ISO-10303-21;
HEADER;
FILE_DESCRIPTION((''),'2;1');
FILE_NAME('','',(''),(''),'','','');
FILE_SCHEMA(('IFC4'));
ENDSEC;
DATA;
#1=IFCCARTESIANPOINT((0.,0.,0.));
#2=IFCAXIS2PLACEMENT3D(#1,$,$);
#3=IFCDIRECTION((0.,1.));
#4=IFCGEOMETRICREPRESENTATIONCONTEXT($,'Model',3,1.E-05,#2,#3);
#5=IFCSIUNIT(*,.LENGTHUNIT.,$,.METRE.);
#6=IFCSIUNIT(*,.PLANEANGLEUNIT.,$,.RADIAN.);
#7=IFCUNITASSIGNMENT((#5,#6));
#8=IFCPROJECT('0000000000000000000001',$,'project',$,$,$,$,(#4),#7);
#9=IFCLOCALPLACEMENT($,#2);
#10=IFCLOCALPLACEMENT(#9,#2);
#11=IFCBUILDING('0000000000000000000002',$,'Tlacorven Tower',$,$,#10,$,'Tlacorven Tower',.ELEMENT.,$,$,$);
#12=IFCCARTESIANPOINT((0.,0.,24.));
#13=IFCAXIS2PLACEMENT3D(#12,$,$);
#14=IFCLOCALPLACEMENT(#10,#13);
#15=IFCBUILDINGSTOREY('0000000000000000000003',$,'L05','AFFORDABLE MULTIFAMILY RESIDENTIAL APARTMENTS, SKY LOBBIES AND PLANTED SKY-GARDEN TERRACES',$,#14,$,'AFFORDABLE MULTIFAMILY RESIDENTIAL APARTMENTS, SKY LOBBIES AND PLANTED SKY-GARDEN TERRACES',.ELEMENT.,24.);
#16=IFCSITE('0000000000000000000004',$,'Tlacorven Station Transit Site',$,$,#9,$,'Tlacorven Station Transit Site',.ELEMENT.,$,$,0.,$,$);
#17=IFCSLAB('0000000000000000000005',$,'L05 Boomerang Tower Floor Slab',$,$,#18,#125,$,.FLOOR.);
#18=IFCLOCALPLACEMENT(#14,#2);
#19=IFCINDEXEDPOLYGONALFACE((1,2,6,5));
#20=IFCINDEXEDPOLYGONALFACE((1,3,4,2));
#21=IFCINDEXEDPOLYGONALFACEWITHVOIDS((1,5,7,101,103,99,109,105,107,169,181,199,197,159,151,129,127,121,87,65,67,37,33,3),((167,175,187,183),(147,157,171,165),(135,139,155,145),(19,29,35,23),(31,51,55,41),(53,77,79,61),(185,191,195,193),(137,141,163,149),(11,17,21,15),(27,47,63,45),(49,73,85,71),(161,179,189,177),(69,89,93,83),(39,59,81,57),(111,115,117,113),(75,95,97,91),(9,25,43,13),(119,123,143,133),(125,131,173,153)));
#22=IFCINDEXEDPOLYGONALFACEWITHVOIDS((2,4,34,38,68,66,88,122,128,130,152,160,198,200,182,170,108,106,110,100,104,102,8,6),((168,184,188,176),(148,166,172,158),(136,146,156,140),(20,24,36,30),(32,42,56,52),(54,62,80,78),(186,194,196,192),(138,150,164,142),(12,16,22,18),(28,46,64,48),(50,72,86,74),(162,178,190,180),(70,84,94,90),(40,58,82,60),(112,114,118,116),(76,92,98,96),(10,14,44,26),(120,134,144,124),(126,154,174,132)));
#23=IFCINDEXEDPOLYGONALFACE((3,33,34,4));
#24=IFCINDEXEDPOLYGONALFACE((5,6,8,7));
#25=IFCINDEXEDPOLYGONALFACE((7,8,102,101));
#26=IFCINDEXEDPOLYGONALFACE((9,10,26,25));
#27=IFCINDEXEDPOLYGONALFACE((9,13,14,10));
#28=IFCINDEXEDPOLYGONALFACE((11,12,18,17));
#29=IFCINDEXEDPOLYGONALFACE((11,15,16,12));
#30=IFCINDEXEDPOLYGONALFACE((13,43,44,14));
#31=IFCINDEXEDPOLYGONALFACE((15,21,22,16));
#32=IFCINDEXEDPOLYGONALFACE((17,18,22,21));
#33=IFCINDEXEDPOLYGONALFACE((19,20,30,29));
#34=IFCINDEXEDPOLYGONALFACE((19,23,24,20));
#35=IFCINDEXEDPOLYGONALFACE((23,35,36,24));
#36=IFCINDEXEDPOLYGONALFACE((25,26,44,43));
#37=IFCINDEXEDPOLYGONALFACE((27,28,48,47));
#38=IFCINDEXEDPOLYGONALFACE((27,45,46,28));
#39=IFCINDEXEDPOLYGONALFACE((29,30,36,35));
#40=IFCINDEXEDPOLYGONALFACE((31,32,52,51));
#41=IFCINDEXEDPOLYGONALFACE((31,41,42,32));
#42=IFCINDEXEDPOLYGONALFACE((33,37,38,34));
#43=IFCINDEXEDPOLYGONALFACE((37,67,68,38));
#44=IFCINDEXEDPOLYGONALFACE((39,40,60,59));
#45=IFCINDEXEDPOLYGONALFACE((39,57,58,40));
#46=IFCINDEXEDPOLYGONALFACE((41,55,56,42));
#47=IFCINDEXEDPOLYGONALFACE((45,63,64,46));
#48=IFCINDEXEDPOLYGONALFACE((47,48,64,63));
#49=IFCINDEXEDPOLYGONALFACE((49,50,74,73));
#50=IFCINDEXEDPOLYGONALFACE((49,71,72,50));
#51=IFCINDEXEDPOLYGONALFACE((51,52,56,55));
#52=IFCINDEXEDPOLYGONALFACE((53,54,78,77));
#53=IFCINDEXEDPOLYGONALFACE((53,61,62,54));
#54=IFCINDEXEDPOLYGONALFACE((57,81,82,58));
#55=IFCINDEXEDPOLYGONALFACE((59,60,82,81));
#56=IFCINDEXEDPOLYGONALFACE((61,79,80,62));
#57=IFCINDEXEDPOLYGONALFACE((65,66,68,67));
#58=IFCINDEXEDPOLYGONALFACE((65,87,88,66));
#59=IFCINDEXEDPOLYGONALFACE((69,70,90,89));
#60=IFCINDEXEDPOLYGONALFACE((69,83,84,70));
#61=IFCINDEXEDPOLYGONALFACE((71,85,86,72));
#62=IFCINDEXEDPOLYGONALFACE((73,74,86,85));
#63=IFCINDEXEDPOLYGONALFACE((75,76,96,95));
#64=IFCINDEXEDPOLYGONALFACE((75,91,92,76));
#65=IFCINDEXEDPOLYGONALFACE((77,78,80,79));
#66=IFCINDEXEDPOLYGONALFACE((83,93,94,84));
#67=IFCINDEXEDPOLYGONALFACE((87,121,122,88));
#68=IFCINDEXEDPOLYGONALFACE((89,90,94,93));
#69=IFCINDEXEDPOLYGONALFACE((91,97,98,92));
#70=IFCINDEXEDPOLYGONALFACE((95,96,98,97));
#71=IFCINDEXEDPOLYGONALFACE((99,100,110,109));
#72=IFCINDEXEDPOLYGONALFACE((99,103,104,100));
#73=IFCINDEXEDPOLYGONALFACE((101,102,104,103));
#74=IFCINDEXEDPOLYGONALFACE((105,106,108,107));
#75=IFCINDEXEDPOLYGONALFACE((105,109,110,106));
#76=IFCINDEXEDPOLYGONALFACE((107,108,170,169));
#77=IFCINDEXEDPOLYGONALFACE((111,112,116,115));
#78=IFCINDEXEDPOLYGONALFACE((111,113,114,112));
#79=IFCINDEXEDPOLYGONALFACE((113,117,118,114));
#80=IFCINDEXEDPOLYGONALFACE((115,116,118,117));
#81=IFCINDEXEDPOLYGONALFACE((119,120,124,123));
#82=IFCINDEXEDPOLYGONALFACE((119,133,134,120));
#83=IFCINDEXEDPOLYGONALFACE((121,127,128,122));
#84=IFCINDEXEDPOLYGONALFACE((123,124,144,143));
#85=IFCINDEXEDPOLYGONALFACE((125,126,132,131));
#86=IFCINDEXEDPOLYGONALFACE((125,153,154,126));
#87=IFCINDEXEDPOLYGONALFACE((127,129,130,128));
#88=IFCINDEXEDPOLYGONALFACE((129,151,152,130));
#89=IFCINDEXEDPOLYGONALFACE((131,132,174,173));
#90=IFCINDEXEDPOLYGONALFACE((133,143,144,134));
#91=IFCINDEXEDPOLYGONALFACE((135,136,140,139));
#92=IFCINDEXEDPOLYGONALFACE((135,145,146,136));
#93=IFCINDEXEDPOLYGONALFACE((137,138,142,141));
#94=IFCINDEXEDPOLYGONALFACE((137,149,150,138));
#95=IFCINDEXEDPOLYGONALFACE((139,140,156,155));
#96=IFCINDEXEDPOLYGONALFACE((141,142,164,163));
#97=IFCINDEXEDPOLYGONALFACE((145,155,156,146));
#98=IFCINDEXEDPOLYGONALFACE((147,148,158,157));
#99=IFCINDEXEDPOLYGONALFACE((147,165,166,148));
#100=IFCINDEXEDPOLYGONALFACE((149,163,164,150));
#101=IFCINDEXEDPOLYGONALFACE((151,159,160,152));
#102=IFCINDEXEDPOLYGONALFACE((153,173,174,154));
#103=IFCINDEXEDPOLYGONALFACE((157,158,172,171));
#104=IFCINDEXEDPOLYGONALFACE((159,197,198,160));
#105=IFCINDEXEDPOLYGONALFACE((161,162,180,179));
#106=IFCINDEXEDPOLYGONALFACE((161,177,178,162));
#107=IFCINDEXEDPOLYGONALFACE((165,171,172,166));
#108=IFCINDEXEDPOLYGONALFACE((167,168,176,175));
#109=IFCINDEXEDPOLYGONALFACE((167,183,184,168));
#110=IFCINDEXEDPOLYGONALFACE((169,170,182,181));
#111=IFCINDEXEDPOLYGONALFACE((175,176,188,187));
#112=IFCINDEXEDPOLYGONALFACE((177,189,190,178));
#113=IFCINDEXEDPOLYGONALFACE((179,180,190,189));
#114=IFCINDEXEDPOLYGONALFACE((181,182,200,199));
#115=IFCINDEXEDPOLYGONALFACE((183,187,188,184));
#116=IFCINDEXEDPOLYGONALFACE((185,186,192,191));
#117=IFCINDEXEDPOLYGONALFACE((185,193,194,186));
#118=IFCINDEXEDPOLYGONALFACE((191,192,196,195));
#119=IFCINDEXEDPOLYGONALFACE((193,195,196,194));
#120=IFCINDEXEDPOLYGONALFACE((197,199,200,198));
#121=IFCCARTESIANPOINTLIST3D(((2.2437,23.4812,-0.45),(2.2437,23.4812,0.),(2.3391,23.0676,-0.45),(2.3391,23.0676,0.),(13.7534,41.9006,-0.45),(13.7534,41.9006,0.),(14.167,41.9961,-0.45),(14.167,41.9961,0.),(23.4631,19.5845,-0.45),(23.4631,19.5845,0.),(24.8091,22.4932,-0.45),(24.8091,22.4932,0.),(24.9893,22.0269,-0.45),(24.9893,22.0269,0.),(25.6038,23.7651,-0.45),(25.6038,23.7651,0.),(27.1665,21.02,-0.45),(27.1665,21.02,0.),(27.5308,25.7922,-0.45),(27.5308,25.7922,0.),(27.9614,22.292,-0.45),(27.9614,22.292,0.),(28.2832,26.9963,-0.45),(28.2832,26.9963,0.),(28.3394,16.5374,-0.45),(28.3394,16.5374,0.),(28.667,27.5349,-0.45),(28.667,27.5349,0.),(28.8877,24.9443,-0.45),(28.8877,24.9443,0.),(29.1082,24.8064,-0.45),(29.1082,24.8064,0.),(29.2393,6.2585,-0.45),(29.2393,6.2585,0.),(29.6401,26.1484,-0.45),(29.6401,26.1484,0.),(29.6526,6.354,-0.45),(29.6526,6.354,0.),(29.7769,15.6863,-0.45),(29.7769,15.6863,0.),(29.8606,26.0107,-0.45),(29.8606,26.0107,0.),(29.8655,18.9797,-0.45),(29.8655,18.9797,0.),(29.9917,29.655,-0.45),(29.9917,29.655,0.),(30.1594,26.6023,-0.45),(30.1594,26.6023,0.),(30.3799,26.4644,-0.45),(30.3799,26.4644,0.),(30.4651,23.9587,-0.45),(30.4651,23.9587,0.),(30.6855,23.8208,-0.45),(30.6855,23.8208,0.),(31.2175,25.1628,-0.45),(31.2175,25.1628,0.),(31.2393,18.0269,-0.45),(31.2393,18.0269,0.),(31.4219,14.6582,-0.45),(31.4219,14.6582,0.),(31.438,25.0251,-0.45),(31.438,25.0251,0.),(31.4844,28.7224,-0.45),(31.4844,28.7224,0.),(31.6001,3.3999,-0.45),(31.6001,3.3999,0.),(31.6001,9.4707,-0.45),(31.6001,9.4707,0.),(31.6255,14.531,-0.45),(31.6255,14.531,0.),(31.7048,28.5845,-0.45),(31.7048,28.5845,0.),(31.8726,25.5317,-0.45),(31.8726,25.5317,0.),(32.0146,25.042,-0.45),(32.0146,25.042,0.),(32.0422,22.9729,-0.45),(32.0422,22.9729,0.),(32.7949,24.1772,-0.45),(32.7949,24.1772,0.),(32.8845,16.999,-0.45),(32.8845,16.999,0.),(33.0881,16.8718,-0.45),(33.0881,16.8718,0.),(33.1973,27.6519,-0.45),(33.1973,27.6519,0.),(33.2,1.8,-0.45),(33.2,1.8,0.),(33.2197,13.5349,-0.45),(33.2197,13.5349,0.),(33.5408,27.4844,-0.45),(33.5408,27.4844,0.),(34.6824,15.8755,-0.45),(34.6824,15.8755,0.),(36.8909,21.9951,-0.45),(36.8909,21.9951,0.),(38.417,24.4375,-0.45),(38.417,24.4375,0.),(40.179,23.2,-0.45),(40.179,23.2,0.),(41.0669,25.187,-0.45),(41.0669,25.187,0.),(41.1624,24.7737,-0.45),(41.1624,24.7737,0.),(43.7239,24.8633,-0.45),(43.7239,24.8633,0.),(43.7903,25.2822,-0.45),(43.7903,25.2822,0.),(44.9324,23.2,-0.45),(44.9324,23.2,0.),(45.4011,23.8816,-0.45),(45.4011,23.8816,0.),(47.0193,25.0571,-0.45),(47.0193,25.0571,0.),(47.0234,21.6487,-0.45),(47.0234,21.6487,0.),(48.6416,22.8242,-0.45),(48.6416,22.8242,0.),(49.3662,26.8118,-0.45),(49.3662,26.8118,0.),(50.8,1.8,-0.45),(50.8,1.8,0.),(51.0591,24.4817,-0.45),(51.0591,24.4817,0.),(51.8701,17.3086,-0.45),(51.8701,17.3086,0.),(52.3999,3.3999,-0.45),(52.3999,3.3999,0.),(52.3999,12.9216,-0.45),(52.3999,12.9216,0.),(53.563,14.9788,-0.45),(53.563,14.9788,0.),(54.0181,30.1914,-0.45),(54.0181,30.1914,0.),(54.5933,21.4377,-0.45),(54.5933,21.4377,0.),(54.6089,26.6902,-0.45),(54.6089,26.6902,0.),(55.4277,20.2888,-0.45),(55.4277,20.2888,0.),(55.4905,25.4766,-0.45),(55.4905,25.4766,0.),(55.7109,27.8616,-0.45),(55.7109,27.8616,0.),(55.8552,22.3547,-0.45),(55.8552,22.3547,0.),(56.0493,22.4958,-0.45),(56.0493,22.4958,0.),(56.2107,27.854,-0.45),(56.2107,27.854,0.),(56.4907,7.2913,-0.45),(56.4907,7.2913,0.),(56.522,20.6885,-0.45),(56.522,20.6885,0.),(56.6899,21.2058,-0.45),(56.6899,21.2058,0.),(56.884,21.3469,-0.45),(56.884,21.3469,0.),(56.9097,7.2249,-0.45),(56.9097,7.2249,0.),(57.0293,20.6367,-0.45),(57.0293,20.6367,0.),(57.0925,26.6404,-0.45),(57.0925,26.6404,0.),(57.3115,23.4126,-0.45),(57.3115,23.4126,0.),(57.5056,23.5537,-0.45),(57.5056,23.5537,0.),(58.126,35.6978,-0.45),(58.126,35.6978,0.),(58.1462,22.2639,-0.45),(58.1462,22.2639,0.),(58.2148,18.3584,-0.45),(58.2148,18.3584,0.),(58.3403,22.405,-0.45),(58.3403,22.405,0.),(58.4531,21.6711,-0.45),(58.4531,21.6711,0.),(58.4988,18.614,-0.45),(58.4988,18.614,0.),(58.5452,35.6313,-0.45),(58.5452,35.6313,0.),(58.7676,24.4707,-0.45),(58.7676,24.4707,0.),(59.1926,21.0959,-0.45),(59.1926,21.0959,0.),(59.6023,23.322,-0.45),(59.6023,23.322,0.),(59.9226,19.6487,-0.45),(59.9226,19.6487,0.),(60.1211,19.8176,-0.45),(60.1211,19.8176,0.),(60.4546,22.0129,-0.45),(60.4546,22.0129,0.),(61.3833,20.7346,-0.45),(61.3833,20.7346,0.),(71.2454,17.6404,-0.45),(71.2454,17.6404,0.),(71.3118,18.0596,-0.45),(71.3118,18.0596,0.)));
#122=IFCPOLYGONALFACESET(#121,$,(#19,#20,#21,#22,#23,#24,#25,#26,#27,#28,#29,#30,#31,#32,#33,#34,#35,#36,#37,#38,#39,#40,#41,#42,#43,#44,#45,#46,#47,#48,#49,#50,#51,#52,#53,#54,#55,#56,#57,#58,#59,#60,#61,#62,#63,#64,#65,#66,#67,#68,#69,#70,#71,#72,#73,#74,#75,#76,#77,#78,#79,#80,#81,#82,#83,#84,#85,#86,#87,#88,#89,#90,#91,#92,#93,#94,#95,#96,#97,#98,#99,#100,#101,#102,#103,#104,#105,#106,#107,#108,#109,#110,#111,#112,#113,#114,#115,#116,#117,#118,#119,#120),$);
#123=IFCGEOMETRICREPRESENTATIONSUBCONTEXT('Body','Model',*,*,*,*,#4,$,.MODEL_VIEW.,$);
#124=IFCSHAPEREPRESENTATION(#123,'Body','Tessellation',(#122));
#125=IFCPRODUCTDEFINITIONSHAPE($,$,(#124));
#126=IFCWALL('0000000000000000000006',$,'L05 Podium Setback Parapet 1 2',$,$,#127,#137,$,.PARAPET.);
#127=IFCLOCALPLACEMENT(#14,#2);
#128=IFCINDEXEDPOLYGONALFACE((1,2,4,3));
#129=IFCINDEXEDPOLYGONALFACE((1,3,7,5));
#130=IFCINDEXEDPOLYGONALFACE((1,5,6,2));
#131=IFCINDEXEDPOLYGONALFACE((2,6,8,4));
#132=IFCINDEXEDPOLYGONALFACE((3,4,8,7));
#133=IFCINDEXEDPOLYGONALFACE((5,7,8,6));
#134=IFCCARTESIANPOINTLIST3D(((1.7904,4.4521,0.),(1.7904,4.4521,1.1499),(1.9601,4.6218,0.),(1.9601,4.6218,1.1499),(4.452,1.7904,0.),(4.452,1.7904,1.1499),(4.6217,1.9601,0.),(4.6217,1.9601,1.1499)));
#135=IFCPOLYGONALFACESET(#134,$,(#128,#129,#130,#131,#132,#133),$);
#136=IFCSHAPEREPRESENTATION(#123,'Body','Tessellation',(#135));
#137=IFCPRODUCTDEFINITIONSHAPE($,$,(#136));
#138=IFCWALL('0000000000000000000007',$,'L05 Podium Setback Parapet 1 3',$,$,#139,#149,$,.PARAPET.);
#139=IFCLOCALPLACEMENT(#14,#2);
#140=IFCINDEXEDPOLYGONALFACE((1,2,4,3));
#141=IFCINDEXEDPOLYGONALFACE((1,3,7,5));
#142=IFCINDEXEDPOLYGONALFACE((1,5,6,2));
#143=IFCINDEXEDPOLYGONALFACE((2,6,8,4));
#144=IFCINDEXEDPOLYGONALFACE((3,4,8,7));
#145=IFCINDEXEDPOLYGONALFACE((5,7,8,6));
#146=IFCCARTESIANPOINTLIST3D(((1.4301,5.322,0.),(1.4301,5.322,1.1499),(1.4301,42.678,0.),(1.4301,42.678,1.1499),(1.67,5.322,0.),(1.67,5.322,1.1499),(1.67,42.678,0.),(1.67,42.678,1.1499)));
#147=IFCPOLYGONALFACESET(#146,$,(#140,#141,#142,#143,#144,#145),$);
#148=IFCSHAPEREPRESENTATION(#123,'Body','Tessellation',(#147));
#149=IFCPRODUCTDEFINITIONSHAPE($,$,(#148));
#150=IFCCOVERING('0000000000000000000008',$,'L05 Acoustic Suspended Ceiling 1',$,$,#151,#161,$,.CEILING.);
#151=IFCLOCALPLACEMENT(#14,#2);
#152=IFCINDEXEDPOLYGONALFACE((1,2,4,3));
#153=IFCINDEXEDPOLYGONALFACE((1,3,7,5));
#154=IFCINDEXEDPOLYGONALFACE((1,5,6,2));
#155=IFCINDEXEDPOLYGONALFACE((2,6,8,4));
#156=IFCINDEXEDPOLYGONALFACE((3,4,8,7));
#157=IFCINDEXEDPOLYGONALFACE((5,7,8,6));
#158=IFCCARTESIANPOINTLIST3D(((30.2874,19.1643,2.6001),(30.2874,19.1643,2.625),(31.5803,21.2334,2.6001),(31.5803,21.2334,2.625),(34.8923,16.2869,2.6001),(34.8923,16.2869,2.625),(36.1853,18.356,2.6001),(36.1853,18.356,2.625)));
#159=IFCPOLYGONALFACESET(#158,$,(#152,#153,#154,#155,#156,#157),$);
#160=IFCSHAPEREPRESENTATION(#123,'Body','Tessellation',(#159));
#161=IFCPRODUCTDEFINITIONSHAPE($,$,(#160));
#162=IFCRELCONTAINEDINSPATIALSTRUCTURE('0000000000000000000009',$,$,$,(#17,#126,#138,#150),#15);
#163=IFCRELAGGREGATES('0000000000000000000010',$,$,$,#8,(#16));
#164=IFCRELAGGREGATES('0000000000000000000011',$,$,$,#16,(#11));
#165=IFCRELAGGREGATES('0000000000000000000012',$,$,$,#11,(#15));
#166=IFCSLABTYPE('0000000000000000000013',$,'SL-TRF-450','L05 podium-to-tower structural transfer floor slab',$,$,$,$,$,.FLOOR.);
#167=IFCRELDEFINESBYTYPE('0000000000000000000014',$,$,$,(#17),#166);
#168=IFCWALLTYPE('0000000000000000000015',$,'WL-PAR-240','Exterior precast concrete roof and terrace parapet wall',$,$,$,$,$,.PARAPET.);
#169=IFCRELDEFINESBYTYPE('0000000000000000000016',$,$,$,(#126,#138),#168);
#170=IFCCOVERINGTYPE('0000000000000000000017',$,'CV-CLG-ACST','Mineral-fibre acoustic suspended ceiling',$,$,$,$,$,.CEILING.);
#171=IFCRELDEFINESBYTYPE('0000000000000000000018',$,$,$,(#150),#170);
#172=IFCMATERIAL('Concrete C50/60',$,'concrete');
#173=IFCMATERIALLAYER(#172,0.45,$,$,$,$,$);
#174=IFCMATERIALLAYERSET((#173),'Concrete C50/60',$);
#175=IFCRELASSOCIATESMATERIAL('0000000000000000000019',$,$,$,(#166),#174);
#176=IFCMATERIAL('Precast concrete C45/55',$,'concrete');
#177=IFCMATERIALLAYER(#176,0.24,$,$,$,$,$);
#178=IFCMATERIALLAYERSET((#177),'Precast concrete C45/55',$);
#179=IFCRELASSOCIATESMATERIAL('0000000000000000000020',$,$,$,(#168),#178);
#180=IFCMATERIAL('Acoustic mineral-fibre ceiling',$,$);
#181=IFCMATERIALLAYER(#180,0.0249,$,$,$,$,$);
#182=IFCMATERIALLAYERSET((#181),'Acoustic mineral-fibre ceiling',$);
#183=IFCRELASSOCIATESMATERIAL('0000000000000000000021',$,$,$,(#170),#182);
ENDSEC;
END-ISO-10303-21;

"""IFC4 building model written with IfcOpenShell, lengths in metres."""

from ifc_helpers import new_model, si_unit, direction, frame, frame_2d, origin, place, context, subcontext, project, spatial, polyline, rectangle, outline, extrude, material, layer, layer_set, type_object, element, save


model = new_model("IFC4")

# Units and contexts
model_context = context("Model", 3, precision=1e-05, world=origin(), true_north=direction((0.0, 1.0)))
body_context = subcontext(model_context, "Body", "Model", "MODEL_VIEW")
ifc_project = project(units=[si_unit("LENGTHUNIT", "METRE"), si_unit("PLANEANGLEUNIT", "RADIAN")], contexts=[model_context])

# Site, building, storey
site_placement = place(None, origin())
site = spatial("IfcSite", under=ifc_project, at=site_placement, Name="Tlacorven Station Transit Site", LongName="Tlacorven Station Transit Site", CompositionType="ELEMENT", RefElevation=0.0)
building_placement = place(site_placement, origin())
building = spatial("IfcBuilding", under=site, at=building_placement, Name="Tlacorven Tower", LongName="Tlacorven Tower", CompositionType="ELEMENT")
storey_placement = place(building_placement, frame((0.0, 0.0, 24.0)))
storey = spatial("IfcBuildingStorey", under=building, at=storey_placement, Name="L05", Description="AFFORDABLE MULTIFAMILY RESIDENTIAL APARTMENTS, SKY LOBBIES AND PLANTED SKY-GARDEN TERRACES", LongName="AFFORDABLE MULTIFAMILY RESIDENTIAL APARTMENTS, SKY LOBBIES AND PLANTED SKY-GARDEN TERRACES", CompositionType="ELEMENT", Elevation=24.0)

# Shared definitions
ifc_material_1 = material(Name="Precast concrete C45/55", Category="concrete")

# Slab
ifc_material_2 = material(Name="Concrete C50/60", Category="concrete")
ifc_layer_1 = layer(ifc_material_2, 0.45)
ifc_layer_set_1 = layer_set([ifc_layer_1], Name="Concrete C50/60")
slab_type_1 = type_object("IfcSlabType", Name="SL-TRF-450", Description="L05 podium-to-tower structural transfer floor slab", PredefinedType="FLOOR", material=ifc_layer_set_1)
slab_1_placement = place(storey_placement, frame((0.0, 0.0, -0.45)))
element("IfcSlab", 1, at=slab_1_placement, inside=storey, type_object=slab_type_1, Name="L05 Boomerang Tower Floor Slab", PredefinedType="FLOOR", context=body_context, shape_type="SweptSolid", body=[
    extrude(outline(polyline([(52.3999, 3.3999), (50.8, 1.8), (33.2, 1.8), (31.6001, 3.3999), (31.6001, 9.4707), (29.6526, 6.354), (29.2393, 6.2585), (2.3391, 23.0676), (2.2437, 23.4812), (13.7534, 41.9006), (14.167, 41.9961), (41.0669, 25.187), (41.1624, 24.7737), (40.179, 23.2), (44.9324, 23.2), (43.7239, 24.8633), (43.7903, 25.2822), (58.126, 35.6978), (58.5452, 35.6313), (71.3118, 18.0596), (71.2454, 17.6404), (56.9097, 7.2249), (56.4907, 7.2913), (52.3999, 12.9216), (52.3999, 3.3999)]), holes=[polyline([(29.8655, 18.9797), (24.9893, 22.0269), (23.4631, 19.5845), (28.3394, 16.5374), (29.8655, 18.9797)]), polyline([(38.417, 24.4375), (33.5408, 27.4844), (32.0146, 25.042), (36.8909, 21.9951), (38.417, 24.4375)]), polyline([(51.0591, 24.4817), (55.7109, 27.8616), (54.0181, 30.1914), (49.3662, 26.8118), (51.0591, 24.4817)]), polyline([(53.563, 14.9788), (58.2148, 18.3584), (56.522, 20.6885), (51.8701, 17.3086), (53.563, 14.9788)]), polyline([(34.6824, 15.8755), (33.0881, 16.8718), (31.6255, 14.531), (33.2197, 13.5349), (34.6824, 15.8755)]), polyline([(32.8845, 16.999), (31.2393, 18.0269), (29.7769, 15.6863), (31.4219, 14.6582), (32.8845, 16.999)]), polyline([(47.0234, 21.6487), (48.6416, 22.8242), (47.0193, 25.0571), (45.4011, 23.8816), (47.0234, 21.6487)]), polyline([(33.1973, 27.6519), (31.7048, 28.5845), (30.3799, 26.4644), (31.8726, 25.5317), (33.1973, 27.6519)]), polyline([(31.4844, 28.7224), (29.9917, 29.655), (28.667, 27.5349), (30.1594, 26.6023), (31.4844, 28.7224)]), polyline([(32.7949, 24.1772), (31.438, 25.0251), (30.6855, 23.8208), (32.0422, 22.9729), (32.7949, 24.1772)]), polyline([(31.2175, 25.1628), (29.8606, 26.0107), (29.1082, 24.8064), (30.4651, 23.9587), (31.2175, 25.1628)]), polyline([(29.6401, 26.1484), (28.2832, 26.9963), (27.5308, 25.7922), (28.8877, 24.9443), (29.6401, 26.1484)]), polyline([(55.4277, 20.2888), (56.6899, 21.2058), (55.8552, 22.3547), (54.5933, 21.4377), (55.4277, 20.2888)]), polyline([(56.884, 21.3469), (58.1462, 22.2639), (57.3115, 23.4126), (56.0493, 22.4958), (56.884, 21.3469)]), polyline([(58.3403, 22.405), (59.6023, 23.322), (58.7676, 24.4707), (57.5056, 23.5537), (58.3403, 22.405)]), polyline([(58.4988, 18.614), (59.9226, 19.6487), (58.4531, 21.6711), (57.0293, 20.6367), (58.4988, 18.614)]), polyline([(27.9614, 22.292), (25.6038, 23.7651), (24.8091, 22.4932), (27.1665, 21.02), (27.9614, 22.292)]), polyline([(55.4905, 25.4766), (57.0925, 26.6404), (56.2107, 27.854), (54.6089, 26.6902), (55.4905, 25.4766)]), polyline([(60.1211, 19.8176), (61.3833, 20.7346), (60.4546, 22.0129), (59.1926, 21.0959), (60.1211, 19.8176)])]), origin(), (0.0, 0.0, 1.0), 0.45),
])

# Walls
ifc_layer_2 = layer(ifc_material_1, 0.24)
ifc_layer_set_2 = layer_set([ifc_layer_2], Name="Precast concrete C45/55")
wall_type = type_object("IfcWallType", Name="WL-PAR-240", Description="Exterior precast concrete roof and terrace parapet wall", PredefinedType="PARAPET", material=ifc_layer_set_2)
wall_1_placement = place(storey_placement, frame((4.5369, 1.8752, 0.0), z_axis=(0.0, 0.0, 1.0), x_axis=(-0.707107, 0.707107, 0.0)))
element("IfcWall", 2, at=wall_1_placement, inside=storey, type_object=wall_type, Name="L05 Podium Setback Parapet 1 2", PredefinedType="PARAPET", context=body_context, shape_type="SweptSolid", body=[
    extrude(rectangle(XDim=3.7642, YDim=0.24, at=frame_2d((1.8821, 0.0))), origin(), (0.0, 0.0, 1.0), 1.1499),
])
wall_2_placement = place(storey_placement, frame((1.55, 5.322, 0.0), z_axis=(0.0, 0.0, 1.0), x_axis=(0.0, 1.0, 0.0)))
element("IfcWall", 3, at=wall_2_placement, inside=storey, type_object=wall_type, Name="L05 Podium Setback Parapet 1 3", PredefinedType="PARAPET", context=body_context, shape_type="SweptSolid", body=[
    extrude(rectangle(XDim=37.356, YDim=0.24, at=frame_2d((18.678, 0.0))), origin(), (0.0, 0.0, 1.0), 1.1499),
])

# Covering
ifc_material_3 = material(Name="Acoustic mineral-fibre ceiling")
ifc_layer_3 = layer(ifc_material_3, 0.0249)
ifc_layer_set_3 = layer_set([ifc_layer_3], Name="Acoustic mineral-fibre ceiling")
covering_type_1 = type_object("IfcCoveringType", Name="CV-CLG-ACST", Description="Mineral-fibre acoustic suspended ceiling", PredefinedType="CEILING", material=ifc_layer_set_3)
covering_1_placement = place(storey_placement, frame((0.0, 0.0, 2.6001)))
element("IfcCovering", 4, at=covering_1_placement, inside=storey, type_object=covering_type_1, Name="L05 Acoustic Suspended Ceiling 1", PredefinedType="CEILING", context=body_context, shape_type="SweptSolid", body=[
    extrude(outline(polyline([(36.1853, 18.356), (34.8923, 16.2869), (30.2874, 19.1643), (31.5803, 21.2334), (36.1853, 18.356)])), origin(), (0.0, 0.0, 1.0), 0.0249),
])

save(model, "model.ifc")
